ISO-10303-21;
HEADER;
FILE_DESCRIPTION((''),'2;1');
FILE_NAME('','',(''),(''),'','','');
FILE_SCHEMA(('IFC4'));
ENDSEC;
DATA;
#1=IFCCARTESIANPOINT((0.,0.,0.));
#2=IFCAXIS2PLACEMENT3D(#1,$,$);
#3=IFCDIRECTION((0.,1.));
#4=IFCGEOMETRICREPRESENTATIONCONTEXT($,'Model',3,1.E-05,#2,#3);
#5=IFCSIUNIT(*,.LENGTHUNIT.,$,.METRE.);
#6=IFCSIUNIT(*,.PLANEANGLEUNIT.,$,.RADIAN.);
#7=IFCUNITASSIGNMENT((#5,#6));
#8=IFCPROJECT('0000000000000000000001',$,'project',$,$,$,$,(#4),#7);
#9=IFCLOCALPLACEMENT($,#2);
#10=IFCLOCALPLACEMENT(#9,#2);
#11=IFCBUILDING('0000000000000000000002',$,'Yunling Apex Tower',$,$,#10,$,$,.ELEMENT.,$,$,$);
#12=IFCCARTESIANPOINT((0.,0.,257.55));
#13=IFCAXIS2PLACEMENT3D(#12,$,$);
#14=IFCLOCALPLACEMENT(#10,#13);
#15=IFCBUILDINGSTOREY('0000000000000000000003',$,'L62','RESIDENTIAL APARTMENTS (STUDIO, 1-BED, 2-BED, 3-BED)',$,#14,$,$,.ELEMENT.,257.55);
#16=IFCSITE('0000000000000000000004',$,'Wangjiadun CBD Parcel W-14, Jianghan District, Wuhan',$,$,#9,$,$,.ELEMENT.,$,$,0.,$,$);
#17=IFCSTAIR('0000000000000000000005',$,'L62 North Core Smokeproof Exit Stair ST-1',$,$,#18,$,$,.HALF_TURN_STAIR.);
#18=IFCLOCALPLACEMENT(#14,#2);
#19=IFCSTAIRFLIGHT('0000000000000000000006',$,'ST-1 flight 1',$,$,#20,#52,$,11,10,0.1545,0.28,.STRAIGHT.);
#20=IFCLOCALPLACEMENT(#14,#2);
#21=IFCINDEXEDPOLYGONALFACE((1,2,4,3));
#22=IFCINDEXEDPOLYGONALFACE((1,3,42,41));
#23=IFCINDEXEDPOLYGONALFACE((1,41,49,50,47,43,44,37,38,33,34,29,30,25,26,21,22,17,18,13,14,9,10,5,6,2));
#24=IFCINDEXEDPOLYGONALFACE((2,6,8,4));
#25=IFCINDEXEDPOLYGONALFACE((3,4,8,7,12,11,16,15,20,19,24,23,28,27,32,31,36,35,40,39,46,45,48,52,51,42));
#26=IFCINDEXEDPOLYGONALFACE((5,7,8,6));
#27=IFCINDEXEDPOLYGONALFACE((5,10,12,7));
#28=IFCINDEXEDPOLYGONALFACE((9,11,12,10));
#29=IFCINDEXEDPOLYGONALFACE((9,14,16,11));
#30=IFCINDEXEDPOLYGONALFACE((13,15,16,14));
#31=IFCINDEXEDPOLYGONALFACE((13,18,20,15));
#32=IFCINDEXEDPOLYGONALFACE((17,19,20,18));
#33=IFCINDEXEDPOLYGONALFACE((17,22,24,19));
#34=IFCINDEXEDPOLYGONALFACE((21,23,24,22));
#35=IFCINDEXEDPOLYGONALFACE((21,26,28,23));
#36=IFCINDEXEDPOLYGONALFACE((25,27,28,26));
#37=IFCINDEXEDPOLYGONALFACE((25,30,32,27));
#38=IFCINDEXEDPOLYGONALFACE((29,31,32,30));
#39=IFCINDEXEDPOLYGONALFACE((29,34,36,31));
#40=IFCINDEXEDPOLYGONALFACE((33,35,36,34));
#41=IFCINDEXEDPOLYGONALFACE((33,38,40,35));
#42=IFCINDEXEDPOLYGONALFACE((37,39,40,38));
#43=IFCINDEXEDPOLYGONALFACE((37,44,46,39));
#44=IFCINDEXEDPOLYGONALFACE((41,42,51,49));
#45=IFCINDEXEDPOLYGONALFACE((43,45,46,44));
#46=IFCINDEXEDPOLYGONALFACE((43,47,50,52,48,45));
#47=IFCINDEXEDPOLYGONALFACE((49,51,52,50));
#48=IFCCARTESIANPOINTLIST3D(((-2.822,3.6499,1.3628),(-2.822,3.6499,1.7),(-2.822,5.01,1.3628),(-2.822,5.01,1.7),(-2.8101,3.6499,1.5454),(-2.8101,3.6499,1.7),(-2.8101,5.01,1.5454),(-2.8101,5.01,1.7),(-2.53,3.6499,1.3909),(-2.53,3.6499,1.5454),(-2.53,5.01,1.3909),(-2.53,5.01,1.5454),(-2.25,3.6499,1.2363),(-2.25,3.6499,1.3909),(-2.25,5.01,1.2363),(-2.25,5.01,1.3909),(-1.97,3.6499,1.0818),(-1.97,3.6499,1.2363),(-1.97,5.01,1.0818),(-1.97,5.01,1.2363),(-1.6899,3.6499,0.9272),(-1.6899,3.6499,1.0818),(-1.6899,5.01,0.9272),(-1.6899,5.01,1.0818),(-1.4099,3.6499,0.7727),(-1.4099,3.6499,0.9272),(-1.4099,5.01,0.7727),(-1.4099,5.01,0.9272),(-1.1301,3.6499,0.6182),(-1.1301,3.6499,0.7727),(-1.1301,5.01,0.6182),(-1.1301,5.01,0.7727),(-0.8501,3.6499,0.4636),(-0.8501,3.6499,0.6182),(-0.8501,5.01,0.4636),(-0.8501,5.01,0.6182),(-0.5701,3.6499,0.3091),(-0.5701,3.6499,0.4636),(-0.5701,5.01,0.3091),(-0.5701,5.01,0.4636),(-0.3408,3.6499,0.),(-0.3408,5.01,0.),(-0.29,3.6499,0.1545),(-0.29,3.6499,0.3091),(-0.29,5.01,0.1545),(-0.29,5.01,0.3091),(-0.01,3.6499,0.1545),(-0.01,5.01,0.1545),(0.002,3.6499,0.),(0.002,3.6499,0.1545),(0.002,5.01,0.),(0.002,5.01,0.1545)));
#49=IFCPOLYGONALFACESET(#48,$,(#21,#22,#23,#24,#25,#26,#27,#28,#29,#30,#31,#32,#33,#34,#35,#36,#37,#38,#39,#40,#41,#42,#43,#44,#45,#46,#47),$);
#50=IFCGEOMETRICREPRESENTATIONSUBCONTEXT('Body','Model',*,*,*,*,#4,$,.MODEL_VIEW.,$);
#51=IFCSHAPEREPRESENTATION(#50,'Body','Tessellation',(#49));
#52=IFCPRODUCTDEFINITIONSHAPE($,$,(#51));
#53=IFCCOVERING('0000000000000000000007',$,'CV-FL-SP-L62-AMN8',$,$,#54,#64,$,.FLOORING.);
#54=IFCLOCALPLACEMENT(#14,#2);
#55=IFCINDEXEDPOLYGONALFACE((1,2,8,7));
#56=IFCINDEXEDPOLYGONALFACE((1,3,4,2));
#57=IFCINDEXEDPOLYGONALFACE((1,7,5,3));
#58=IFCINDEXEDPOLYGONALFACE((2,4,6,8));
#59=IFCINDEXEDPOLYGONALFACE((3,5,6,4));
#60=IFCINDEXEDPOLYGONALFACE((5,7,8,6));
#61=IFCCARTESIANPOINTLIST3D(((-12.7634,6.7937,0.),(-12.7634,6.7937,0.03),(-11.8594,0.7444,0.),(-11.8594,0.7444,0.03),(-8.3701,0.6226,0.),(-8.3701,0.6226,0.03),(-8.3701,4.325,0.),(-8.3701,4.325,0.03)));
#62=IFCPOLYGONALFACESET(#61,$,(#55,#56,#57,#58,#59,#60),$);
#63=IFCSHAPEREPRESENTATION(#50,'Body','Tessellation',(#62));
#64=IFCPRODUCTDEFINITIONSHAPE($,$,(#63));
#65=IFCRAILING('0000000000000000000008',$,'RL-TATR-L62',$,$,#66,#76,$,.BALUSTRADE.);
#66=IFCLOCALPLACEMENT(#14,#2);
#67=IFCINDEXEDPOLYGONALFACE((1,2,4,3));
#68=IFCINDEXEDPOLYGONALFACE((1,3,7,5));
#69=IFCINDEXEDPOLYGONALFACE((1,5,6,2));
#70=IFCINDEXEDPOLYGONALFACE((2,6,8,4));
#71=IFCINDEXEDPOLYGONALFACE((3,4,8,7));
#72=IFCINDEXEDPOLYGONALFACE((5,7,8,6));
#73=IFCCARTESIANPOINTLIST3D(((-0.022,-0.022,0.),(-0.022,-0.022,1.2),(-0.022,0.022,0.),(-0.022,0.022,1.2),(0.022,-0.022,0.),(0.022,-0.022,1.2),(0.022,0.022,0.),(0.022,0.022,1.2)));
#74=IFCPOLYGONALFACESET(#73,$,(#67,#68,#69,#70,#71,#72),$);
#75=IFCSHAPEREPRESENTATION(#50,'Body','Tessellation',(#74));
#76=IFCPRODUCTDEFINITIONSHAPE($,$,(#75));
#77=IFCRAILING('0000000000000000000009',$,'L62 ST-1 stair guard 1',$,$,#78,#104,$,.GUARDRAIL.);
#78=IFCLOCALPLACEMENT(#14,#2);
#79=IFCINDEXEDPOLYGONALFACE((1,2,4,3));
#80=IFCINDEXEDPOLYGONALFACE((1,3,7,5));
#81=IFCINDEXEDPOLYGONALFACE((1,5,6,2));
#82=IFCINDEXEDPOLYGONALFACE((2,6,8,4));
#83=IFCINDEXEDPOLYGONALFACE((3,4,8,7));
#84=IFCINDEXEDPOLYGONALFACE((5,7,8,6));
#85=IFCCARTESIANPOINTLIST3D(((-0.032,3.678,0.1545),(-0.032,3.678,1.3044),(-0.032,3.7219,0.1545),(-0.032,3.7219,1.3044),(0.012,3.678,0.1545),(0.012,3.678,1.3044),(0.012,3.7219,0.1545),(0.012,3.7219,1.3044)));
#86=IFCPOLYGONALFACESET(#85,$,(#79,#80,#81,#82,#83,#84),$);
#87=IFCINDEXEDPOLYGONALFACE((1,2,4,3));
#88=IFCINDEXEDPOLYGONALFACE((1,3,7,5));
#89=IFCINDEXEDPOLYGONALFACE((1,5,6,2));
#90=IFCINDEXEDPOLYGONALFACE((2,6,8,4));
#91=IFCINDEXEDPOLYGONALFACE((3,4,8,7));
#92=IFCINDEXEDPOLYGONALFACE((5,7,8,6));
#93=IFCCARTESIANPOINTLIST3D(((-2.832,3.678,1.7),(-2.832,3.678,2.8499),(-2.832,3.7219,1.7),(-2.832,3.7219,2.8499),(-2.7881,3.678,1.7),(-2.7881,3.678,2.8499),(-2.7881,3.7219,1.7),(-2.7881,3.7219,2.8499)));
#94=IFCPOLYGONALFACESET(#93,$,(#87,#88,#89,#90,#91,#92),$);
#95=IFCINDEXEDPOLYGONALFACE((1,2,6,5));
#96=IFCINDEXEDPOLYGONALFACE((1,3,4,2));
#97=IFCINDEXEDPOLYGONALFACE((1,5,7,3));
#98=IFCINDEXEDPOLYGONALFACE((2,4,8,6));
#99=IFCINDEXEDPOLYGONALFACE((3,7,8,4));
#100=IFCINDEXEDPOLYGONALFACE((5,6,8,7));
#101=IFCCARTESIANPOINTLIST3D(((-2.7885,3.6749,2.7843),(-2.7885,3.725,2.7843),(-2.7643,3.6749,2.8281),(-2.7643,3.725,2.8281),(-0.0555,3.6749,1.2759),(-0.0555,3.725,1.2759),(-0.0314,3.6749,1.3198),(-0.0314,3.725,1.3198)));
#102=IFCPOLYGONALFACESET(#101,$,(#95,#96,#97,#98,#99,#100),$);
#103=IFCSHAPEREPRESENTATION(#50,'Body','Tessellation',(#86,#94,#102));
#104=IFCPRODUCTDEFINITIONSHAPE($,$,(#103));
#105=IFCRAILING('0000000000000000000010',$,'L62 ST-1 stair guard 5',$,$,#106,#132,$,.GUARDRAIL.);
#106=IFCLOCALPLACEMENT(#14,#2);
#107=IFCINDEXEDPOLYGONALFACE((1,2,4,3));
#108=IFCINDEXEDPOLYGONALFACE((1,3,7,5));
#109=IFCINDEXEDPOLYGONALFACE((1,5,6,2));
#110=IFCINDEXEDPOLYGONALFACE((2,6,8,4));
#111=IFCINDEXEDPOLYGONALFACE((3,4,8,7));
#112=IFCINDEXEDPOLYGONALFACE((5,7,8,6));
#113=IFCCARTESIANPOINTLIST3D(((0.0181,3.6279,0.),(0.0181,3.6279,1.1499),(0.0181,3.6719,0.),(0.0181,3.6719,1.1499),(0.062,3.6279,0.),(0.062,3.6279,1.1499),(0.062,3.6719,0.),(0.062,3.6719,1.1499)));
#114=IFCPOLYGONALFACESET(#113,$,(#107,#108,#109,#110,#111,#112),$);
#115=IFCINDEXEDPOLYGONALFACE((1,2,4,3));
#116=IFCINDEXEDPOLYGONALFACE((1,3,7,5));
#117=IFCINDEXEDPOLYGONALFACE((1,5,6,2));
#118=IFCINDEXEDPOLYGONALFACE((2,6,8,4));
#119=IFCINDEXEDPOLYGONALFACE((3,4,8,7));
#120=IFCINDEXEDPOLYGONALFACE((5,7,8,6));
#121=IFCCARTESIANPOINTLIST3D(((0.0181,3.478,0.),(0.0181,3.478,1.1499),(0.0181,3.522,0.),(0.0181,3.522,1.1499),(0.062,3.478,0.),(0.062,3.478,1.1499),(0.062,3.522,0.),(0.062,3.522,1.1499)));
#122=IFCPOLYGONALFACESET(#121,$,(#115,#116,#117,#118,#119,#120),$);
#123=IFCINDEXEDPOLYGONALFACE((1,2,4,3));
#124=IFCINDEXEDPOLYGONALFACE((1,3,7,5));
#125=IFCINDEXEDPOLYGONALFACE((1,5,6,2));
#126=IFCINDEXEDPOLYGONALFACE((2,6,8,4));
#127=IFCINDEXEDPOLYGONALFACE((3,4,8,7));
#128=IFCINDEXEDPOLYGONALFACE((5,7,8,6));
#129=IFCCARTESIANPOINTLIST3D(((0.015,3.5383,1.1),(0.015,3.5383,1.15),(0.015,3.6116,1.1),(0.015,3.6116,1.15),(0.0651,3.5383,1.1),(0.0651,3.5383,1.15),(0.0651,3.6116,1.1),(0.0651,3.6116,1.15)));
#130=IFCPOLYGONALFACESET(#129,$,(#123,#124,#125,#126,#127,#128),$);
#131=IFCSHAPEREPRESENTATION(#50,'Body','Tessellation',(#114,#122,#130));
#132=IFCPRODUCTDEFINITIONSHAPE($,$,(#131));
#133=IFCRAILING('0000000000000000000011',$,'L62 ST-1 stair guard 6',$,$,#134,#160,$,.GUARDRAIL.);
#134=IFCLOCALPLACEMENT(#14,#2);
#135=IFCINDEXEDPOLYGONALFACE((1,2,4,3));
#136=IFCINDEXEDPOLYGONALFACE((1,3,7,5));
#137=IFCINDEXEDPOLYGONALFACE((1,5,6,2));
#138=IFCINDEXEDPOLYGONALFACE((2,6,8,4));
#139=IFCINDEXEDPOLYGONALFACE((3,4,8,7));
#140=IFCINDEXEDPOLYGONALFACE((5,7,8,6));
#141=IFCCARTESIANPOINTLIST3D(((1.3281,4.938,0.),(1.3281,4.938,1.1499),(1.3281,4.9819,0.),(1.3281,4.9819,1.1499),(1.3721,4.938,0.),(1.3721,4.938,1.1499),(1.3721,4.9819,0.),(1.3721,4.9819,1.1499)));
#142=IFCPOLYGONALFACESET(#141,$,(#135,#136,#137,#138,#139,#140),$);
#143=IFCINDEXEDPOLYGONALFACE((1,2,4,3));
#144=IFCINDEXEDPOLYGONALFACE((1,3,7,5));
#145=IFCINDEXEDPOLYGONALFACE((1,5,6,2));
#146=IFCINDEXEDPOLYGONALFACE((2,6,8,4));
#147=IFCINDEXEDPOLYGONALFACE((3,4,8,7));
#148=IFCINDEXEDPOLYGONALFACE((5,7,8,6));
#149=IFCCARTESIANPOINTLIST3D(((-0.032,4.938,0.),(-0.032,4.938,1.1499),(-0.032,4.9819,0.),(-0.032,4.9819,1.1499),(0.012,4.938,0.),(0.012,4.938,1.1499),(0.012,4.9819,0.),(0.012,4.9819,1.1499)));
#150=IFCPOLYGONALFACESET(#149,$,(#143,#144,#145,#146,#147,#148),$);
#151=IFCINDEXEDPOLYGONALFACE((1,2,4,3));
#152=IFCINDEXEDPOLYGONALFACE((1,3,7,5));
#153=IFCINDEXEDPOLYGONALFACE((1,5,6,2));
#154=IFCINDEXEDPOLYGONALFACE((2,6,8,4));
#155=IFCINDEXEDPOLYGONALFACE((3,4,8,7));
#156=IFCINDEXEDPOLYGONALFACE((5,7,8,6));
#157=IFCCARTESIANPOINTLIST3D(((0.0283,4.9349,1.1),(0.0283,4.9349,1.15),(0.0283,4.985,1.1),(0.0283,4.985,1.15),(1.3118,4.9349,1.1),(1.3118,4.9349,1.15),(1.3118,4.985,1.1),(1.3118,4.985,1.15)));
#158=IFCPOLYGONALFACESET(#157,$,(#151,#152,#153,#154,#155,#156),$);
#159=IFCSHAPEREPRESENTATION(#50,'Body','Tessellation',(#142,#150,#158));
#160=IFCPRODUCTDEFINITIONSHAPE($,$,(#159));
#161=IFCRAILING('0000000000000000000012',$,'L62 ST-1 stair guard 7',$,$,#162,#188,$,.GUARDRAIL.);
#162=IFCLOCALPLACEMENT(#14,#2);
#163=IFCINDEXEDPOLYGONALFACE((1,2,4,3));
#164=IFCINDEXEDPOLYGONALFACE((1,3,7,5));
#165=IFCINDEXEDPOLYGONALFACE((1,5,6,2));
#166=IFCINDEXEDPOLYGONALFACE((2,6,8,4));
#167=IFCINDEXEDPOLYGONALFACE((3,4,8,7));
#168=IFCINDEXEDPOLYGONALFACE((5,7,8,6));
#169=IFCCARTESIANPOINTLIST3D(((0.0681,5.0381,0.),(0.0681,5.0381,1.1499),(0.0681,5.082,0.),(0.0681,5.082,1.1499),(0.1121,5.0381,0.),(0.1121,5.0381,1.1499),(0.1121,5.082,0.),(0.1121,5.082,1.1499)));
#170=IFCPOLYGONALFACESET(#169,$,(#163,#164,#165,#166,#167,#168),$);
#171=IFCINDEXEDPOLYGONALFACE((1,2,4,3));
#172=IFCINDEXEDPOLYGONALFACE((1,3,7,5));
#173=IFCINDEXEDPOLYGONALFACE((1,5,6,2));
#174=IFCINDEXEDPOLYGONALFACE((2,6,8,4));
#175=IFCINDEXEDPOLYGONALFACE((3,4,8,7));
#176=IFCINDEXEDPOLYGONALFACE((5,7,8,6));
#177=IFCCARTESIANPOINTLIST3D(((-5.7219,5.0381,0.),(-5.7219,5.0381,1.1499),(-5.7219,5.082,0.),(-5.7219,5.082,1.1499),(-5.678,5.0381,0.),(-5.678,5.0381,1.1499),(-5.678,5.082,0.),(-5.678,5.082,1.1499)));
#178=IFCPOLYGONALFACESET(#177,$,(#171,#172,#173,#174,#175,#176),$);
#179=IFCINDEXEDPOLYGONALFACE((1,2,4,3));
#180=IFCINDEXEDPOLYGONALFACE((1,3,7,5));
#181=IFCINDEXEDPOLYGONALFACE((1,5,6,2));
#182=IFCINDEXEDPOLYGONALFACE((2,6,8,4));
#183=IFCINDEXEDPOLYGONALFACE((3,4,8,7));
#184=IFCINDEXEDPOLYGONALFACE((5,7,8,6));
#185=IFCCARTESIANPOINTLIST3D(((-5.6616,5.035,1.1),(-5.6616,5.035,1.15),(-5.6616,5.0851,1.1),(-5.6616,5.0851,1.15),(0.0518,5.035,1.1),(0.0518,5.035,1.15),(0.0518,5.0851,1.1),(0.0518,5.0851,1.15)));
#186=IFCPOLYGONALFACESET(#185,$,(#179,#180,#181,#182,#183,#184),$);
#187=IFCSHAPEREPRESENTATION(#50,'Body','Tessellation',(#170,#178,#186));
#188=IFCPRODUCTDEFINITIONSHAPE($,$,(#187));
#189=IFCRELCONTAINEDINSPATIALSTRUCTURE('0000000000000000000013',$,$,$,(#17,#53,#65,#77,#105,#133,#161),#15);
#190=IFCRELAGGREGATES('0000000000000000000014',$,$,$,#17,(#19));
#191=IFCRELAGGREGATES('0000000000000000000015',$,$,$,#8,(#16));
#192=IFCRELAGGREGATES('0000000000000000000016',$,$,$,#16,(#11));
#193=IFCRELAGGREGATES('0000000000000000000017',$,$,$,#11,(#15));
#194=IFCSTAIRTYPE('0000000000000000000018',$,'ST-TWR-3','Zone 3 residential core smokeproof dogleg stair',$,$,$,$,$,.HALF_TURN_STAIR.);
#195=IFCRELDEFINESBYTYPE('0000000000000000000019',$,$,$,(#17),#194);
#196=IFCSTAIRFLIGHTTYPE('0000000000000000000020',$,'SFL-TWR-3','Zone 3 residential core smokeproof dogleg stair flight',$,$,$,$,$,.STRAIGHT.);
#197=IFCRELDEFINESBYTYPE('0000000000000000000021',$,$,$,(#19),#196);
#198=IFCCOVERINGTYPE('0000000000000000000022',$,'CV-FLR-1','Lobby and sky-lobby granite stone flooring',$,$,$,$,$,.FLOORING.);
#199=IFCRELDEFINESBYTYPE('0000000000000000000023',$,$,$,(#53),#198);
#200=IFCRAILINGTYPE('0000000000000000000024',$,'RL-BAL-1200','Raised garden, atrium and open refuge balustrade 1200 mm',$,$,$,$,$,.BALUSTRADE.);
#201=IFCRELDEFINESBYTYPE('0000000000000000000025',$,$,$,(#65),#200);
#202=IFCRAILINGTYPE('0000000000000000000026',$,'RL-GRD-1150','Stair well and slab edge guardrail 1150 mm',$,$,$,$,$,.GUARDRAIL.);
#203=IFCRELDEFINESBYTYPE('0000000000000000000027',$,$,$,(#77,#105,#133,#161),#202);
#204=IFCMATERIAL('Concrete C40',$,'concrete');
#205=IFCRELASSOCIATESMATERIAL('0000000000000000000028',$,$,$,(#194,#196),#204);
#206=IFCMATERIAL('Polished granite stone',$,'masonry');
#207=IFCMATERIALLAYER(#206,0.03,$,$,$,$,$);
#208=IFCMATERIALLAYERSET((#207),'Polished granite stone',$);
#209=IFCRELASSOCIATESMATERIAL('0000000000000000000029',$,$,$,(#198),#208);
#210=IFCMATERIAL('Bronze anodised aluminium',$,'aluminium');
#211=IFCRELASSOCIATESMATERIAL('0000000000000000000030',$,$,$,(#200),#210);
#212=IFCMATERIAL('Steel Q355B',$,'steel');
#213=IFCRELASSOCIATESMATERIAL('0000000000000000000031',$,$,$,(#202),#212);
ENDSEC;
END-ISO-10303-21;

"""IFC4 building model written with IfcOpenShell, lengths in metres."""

from ifc_helpers import new_model, si_unit, direction, frame, origin, origin_2d, place, context, subcontext, project, spatial, polyline, rectangle, outline, extrude, material, layer, layer_set, type_object, element, aggregate, save


model = new_model("IFC4")

# Units and contexts
model_context = context("Model", 3, precision=1e-05, world=origin(), true_north=direction((0.0, 1.0)))
body_context = subcontext(model_context, "Body", "Model", "MODEL_VIEW")
ifc_project = project(units=[si_unit("LENGTHUNIT", "METRE"), si_unit("PLANEANGLEUNIT", "RADIAN")], contexts=[model_context])

# Site, building, storey
site_placement = place(None, origin())
site = spatial("IfcSite", under=ifc_project, at=site_placement, Name="Wangjiadun CBD Parcel W-14, Jianghan District, Wuhan", CompositionType="ELEMENT", RefElevation=0.0)
building_placement = place(site_placement, origin())
building = spatial("IfcBuilding", under=site, at=building_placement, Name="Yunling Apex Tower", CompositionType="ELEMENT")
storey_placement = place(building_placement, frame((0.0, 0.0, 257.55)))
storey = spatial("IfcBuildingStorey", under=building, at=storey_placement, Name="L62", Description="RESIDENTIAL APARTMENTS (STUDIO, 1-BED, 2-BED, 3-BED)", CompositionType="ELEMENT", Elevation=257.55)

# Shared definitions
ifc_material_1 = material(Name="Steel Q355B", Category="steel")

# Shared definitions
ifc_material_2 = material(Name="Bronze anodised aluminium", Category="aluminium")

# Shared definitions
ifc_material_3 = material(Name="Concrete C40", Category="concrete")

# Stair, stair flight
stair_type = type_object("IfcStairType", Name="ST-TWR-3", Description="Zone 3 residential core smokeproof dogleg stair", PredefinedType="HALF_TURN_STAIR", material=ifc_material_3)
stair_placement = place(storey_placement, origin())
stair = element("IfcStair", 1, at=stair_placement, inside=storey, type_object=stair_type, Name="L62 North Core Smokeproof Exit Stair ST-1", PredefinedType="HALF_TURN_STAIR")
stair_flight_type = type_object("IfcStairFlightType", Name="SFL-TWR-3", Description="Zone 3 residential core smokeproof dogleg stair flight", PredefinedType="STRAIGHT", material=ifc_material_3)
stair_flight_placement = place(storey_placement, frame((-0.01, 4.3301, 0.0), z_axis=(0.0, 0.0, 1.0), x_axis=(-1.0, 0.0, 0.0)))
stair_flight = element("IfcStairFlight", 2, at=stair_flight_placement, type_object=stair_flight_type, Name="ST-1 flight 1", NumberOfRisers=11, NumberOfTreads=10, PredefinedType="STRAIGHT", RiserHeight=0.1545, TreadLength=0.28, context=body_context, shape_type="SweptSolid", body=[
    extrude(outline(polyline([(-0.012, 0.0), (-0.012, 0.1545), (0.0, 0.1545), (0.28, 0.1545), (0.28, 0.3091), (0.5601, 0.3091), (0.5601, 0.4636), (0.8401, 0.4636), (0.8401, 0.6182), (1.1201, 0.6182), (1.1201, 0.7727), (1.3999, 0.7727), (1.3999, 0.9272), (1.6799, 0.9272), (1.6799, 1.0818), (1.96, 1.0818), (1.96, 1.2363), (2.24, 1.2363), (2.24, 1.3909), (2.52, 1.3909), (2.52, 1.5454), (2.8, 1.5454), (2.8, 1.7), (2.812, 1.7), (2.812, 1.3628), (0.3308, 0.0), (-0.012, 0.0)])), frame((0.0, 0.6802, 0.0), z_axis=(0.0, -1.0, 0.0), x_axis=(1.0, 0.0, 0.0)), (0.0, 0.0, 1.0), 1.3601),
])
aggregate(stair, [stair_flight])

# Covering
ifc_material_4 = material(Name="Polished granite stone", Category="masonry")
ifc_layer_1 = layer(ifc_material_4, 0.03)
ifc_layer_set_1 = layer_set([ifc_layer_1], Name="Polished granite stone")
covering_type = type_object("IfcCoveringType", Name="CV-FLR-1", Description="Lobby and sky-lobby granite stone flooring", PredefinedType="FLOORING", material=ifc_layer_set_1)
covering_placement = place(storey_placement, origin())
element("IfcCovering", 3, at=covering_placement, inside=storey, type_object=covering_type, Name="CV-FL-SP-L62-AMN8", PredefinedType="FLOORING", context=body_context, shape_type="SweptSolid", body=[
    extrude(outline(polyline([(-11.8594, 0.7444), (-12.7634, 6.7937), (-8.3701, 4.325), (-8.3701, 0.6226), (-11.8594, 0.7444)])), origin(), (0.0, 0.0, 1.0), 0.03),
])

# Railings
railing_type_1 = type_object("IfcRailingType", Name="RL-BAL-1200", Description="Raised garden, atrium and open refuge balustrade 1200 mm", PredefinedType="BALUSTRADE", material=ifc_material_2)
railing_1_placement = place(storey_placement, origin())
element("IfcRailing", 4, at=railing_1_placement, inside=storey, type_object=railing_type_1, Name="RL-TATR-L62", PredefinedType="BALUSTRADE", context=body_context, shape_type="SweptSolid", body=[
    extrude(rectangle(XDim=0.0439, YDim=0.0439, at=origin_2d()), origin(), (0.0, 0.0, 1.0), 1.2),
])
railing_type_2 = type_object("IfcRailingType", Name="RL-GRD-1150", Description="Stair well and slab edge guardrail 1150 mm", PredefinedType="GUARDRAIL", material=ifc_material_1)
railing_2_placement = place(storey_placement, frame((-0.01, 3.7, 0.1545)))
element("IfcRailing", 5, at=railing_2_placement, inside=storey, type_object=railing_type_2, Name="L62 ST-1 stair guard 1", PredefinedType="GUARDRAIL", context=body_context, shape_type="SweptSolid", body=[
    extrude(rectangle(XDim=0.0439, YDim=0.0439, at=origin_2d()), origin(), (0.0, 0.0, 1.0), 1.1499),
    extrude(rectangle(XDim=0.0439, YDim=0.0439, at=origin_2d()), frame((-2.8, 0.0, 1.5454)), (0.0, 0.0, 1.0), 1.1499),
    extrude(rectangle(XDim=0.05, YDim=0.05, at=origin_2d()), frame((-0.0334, 0.0, 1.1433), z_axis=(-0.875504, 0.0, 0.483211), x_axis=(0.0, -1.0, 0.0)), (0.0, 0.0, 1.0), 3.1216),
])
railing_3_placement = place(storey_placement, frame((0.04, 3.6499, 0.0)))
element("IfcRailing", 6, at=railing_3_placement, inside=storey, type_object=railing_type_2, Name="L62 ST-1 stair guard 5", PredefinedType="GUARDRAIL", context=body_context, shape_type="SweptSolid", body=[
    extrude(rectangle(XDim=0.0439, YDim=0.0439, at=origin_2d()), origin(), (0.0, 0.0, 1.0), 1.1499),
    extrude(rectangle(XDim=0.0439, YDim=0.0439, at=origin_2d()), frame((0.0, -0.1499, 0.0)), (0.0, 0.0, 1.0), 1.1499),
    extrude(rectangle(XDim=0.05, YDim=0.05, at=origin_2d()), frame((0.0, -0.0383, 1.125), z_axis=(0.0, -1.0, 0.0), x_axis=(1.0, 0.0, 0.0)), (0.0, 0.0, 1.0), 0.0732),
])
railing_4_placement = place(storey_placement, frame((1.3501, 4.96, 0.0)))
element("IfcRailing", 7, at=railing_4_placement, inside=storey, type_object=railing_type_2, Name="L62 ST-1 stair guard 6", PredefinedType="GUARDRAIL", context=body_context, shape_type="SweptSolid", body=[
    extrude(rectangle(XDim=0.0439, YDim=0.0439, at=origin_2d()), origin(), (0.0, 0.0, 1.0), 1.1499),
    extrude(rectangle(XDim=0.0439, YDim=0.0439, at=origin_2d()), frame((-1.3601, 0.0, 0.0)), (0.0, 0.0, 1.0), 1.1499),
    extrude(rectangle(XDim=0.05, YDim=0.05, at=origin_2d()), frame((-0.0383, 0.0, 1.125), z_axis=(-1.0, 0.0, 0.0), x_axis=(0.0, -1.0, 0.0)), (0.0, 0.0, 1.0), 1.2834),
])
railing_5_placement = place(storey_placement, frame((0.0901, 5.0601, 0.0)))
element("IfcRailing", 8, at=railing_5_placement, inside=storey, type_object=railing_type_2, Name="L62 ST-1 stair guard 7", PredefinedType="GUARDRAIL", context=body_context, shape_type="SweptSolid", body=[
    extrude(rectangle(XDim=0.0439, YDim=0.0439, at=origin_2d()), origin(), (0.0, 0.0, 1.0), 1.1499),
    extrude(rectangle(XDim=0.0439, YDim=0.0439, at=origin_2d()), frame((-5.79, 0.0, 0.0)), (0.0, 0.0, 1.0), 1.1499),
    extrude(rectangle(XDim=0.05, YDim=0.05, at=origin_2d()), frame((-0.0383, 0.0, 1.125), z_axis=(-1.0, 0.0, 0.0), x_axis=(0.0, -1.0, 0.0)), (0.0, 0.0, 1.0), 5.7134),
])

save(model, "model.ifc")
